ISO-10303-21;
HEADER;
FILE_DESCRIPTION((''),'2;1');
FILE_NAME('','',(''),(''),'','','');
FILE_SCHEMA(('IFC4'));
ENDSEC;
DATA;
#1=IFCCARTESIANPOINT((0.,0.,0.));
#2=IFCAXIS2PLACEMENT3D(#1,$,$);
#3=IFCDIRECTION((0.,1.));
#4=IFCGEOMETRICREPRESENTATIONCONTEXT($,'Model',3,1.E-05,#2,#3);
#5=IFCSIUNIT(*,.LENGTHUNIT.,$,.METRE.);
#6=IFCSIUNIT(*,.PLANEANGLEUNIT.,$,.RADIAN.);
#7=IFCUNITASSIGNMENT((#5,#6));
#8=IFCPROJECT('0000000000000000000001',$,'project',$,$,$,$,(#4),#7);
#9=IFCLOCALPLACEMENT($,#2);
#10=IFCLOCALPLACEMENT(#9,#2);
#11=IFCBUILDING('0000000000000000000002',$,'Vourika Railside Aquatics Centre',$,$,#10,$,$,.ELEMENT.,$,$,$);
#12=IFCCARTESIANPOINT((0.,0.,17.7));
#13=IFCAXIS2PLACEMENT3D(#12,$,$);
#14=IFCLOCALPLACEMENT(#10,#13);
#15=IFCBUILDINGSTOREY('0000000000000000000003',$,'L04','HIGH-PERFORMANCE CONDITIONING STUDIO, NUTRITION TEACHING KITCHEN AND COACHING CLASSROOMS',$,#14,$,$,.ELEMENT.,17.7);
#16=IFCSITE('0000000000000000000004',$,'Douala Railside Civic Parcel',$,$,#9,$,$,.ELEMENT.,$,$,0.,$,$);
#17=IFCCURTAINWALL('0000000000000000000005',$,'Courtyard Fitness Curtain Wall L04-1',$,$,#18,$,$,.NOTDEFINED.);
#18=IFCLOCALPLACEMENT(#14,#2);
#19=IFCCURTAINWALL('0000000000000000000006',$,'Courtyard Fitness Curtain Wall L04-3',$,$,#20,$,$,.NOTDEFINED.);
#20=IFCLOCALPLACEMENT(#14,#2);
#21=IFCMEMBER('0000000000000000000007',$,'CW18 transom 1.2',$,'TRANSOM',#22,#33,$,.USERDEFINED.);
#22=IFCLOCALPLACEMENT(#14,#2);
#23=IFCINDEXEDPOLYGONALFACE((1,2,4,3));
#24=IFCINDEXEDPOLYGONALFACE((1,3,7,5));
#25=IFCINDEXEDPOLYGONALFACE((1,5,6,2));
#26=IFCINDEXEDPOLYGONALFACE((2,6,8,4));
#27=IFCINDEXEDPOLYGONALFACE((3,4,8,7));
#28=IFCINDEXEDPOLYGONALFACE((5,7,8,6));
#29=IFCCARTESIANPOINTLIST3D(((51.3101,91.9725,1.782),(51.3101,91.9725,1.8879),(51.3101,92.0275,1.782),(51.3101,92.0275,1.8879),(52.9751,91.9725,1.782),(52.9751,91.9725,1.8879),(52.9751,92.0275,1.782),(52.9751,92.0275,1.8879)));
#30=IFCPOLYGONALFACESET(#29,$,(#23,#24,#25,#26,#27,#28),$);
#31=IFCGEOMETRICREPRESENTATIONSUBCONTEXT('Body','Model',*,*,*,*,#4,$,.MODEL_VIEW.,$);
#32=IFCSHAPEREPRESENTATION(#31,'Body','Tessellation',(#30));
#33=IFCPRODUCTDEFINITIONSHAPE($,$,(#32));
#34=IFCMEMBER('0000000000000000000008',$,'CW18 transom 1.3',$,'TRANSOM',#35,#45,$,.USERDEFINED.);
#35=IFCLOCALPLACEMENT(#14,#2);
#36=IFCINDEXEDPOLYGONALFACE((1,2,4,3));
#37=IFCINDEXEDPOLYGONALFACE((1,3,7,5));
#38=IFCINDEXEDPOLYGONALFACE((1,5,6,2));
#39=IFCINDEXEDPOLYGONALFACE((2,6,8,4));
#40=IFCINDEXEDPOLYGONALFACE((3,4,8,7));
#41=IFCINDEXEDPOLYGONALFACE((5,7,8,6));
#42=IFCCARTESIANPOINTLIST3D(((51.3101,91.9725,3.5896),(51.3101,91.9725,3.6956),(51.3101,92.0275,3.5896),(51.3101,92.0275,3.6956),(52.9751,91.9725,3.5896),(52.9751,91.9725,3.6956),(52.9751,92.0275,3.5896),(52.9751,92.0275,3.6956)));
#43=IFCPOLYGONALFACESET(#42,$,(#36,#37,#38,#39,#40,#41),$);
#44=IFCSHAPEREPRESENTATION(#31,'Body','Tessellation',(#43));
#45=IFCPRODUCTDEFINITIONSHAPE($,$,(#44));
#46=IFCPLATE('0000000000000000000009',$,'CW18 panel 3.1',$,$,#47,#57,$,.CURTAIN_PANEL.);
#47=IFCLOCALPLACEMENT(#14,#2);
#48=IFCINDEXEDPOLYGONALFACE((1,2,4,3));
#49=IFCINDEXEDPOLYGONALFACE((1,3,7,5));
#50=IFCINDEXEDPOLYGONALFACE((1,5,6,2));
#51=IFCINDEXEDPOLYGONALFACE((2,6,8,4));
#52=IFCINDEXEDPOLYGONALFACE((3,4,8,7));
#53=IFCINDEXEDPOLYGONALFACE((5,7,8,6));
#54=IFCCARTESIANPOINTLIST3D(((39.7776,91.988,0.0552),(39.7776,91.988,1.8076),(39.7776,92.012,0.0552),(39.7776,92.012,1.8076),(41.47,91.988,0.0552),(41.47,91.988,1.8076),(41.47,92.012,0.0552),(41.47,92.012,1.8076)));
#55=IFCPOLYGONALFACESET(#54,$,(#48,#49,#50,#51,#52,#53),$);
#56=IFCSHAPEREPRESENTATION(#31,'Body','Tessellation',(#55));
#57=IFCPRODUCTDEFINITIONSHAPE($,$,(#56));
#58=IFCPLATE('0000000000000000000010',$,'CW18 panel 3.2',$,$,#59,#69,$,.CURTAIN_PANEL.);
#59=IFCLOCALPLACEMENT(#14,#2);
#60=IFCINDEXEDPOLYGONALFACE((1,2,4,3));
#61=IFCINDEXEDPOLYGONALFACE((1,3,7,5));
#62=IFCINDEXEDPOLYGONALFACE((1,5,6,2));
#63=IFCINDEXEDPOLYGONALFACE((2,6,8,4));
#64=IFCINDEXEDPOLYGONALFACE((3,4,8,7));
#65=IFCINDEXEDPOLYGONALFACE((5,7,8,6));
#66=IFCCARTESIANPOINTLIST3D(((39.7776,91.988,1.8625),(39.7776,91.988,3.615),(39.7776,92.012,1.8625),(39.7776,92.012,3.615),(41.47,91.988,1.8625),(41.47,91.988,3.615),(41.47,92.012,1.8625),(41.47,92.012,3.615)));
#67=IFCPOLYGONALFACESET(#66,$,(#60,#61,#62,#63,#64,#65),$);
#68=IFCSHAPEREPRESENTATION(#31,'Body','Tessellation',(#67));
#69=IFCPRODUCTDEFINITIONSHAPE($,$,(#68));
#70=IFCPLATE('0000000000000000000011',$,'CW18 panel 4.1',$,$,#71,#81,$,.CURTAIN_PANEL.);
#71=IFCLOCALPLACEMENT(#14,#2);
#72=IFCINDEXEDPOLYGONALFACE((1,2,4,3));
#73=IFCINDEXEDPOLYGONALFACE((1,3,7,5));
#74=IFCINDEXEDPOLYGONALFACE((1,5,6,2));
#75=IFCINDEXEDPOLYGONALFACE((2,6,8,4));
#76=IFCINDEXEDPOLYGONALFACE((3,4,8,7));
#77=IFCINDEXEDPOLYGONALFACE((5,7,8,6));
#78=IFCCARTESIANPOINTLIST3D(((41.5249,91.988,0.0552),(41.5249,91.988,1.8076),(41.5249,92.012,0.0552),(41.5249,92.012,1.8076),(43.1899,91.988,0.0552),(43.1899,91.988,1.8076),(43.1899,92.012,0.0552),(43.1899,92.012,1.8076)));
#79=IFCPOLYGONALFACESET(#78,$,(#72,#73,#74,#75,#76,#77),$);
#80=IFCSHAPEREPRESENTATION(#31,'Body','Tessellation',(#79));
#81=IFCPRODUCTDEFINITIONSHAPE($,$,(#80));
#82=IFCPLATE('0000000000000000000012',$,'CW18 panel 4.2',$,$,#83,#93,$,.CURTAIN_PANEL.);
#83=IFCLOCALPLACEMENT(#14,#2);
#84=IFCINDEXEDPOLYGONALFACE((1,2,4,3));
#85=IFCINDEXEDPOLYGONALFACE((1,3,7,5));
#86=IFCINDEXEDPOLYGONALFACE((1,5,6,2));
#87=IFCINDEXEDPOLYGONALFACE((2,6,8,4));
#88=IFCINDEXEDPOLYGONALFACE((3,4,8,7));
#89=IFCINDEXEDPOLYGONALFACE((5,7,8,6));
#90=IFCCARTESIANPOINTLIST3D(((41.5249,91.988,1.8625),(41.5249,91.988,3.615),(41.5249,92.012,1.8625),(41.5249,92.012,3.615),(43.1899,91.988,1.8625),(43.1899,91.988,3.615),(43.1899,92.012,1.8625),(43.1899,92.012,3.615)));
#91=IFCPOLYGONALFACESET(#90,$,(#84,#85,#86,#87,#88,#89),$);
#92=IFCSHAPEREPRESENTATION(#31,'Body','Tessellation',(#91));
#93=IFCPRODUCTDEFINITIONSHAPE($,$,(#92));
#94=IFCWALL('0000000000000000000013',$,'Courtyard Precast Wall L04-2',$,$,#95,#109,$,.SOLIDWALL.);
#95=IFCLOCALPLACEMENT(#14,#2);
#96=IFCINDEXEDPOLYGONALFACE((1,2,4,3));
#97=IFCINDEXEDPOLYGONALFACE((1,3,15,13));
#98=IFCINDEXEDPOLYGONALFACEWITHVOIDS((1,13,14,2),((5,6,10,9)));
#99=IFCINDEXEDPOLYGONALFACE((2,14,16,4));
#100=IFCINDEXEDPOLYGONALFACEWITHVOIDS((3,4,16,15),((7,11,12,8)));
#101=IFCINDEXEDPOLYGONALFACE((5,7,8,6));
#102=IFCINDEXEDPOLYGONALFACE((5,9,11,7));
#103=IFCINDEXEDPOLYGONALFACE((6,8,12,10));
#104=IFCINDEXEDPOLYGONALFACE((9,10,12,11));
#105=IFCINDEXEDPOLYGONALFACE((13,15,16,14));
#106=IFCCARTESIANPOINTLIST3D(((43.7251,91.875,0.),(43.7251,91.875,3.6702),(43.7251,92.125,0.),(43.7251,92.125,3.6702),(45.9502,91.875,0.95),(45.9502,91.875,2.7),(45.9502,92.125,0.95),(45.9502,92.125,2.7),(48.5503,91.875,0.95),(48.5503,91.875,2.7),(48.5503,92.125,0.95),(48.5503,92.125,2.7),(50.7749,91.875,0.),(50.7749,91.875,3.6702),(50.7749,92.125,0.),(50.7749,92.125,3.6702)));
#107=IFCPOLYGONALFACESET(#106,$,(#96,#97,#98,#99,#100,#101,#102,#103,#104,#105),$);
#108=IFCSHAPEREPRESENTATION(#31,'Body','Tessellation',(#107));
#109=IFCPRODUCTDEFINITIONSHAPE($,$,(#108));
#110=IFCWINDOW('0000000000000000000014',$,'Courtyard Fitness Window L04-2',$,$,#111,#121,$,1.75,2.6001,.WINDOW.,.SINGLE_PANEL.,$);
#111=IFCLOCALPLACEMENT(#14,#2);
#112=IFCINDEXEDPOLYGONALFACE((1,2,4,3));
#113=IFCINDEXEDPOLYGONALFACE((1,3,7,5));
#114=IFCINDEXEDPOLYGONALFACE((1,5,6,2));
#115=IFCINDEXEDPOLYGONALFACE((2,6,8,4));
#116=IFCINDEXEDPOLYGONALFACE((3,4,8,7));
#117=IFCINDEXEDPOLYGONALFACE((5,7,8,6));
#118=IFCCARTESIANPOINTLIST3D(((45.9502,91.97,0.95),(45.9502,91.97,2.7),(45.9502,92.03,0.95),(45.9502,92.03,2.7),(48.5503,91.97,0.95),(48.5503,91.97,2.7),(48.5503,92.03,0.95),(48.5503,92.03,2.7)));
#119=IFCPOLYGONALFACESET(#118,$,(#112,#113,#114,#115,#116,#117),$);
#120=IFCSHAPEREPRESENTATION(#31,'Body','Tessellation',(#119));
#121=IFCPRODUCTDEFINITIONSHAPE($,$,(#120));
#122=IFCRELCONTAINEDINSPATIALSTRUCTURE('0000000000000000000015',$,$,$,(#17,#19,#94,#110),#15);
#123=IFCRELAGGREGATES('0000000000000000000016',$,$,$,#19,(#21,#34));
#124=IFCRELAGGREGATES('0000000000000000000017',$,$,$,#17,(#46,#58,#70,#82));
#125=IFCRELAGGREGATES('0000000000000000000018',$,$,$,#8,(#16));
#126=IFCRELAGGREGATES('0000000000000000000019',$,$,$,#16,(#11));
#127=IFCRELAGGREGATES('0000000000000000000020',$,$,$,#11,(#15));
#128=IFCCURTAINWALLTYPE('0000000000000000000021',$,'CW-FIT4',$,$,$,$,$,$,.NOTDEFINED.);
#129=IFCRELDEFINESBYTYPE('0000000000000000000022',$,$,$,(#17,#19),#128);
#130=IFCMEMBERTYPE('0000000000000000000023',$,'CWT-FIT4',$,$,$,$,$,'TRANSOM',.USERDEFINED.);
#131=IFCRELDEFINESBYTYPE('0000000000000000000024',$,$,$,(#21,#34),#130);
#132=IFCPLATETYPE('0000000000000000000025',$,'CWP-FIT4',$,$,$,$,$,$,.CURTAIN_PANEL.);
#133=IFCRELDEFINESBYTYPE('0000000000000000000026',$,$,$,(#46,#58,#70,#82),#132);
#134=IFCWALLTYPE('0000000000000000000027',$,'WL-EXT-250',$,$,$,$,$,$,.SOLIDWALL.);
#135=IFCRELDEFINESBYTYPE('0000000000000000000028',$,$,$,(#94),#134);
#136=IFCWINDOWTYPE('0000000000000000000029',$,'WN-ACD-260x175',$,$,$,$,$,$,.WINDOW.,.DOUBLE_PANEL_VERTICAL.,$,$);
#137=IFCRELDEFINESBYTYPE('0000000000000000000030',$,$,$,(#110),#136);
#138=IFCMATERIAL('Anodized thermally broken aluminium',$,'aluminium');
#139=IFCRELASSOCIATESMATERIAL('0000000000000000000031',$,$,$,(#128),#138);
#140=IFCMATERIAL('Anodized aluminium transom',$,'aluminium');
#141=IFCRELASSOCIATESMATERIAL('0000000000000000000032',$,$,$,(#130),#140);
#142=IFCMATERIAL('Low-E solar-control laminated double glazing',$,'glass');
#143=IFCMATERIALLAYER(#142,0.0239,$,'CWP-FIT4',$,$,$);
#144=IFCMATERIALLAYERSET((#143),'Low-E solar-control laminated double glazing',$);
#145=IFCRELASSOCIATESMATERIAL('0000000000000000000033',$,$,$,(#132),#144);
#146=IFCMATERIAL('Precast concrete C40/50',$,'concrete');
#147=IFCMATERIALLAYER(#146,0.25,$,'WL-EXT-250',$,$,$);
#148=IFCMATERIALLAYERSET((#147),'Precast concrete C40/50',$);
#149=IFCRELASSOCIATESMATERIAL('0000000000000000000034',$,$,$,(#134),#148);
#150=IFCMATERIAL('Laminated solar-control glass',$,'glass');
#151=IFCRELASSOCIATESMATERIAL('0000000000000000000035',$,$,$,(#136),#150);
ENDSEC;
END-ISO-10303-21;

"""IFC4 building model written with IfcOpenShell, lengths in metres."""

from ifc_helpers import new_model, si_unit, direction, frame, frame_2d, origin, origin_2d, place, context, subcontext, project, spatial, rectangle, extrude, material, layer, layer_set, material_profile, profile_set, type_object, element, fill, aggregate, save


model = new_model("IFC4")

# Units and contexts
model_context = context("Model", 3, precision=1e-05, world=origin(), true_north=direction((0.0, 1.0)))
body_context = subcontext(model_context, "Body", "Model", "MODEL_VIEW")
ifc_project = project(units=[si_unit("LENGTHUNIT", "METRE"), si_unit("PLANEANGLEUNIT", "RADIAN")], contexts=[model_context])

# Site, building, storey
site_placement = place(None, origin())
site = spatial("IfcSite", under=ifc_project, at=site_placement, Name="Douala Railside Civic Parcel", CompositionType="ELEMENT", RefElevation=0.0)
building_placement = place(site_placement, origin())
building = spatial("IfcBuilding", under=site, at=building_placement, Name="Vourika Railside Aquatics Centre", CompositionType="ELEMENT")
storey_placement = place(building_placement, frame((0.0, 0.0, 17.7)))
storey = spatial("IfcBuildingStorey", under=building, at=storey_placement, Name="L04", Description="HIGH-PERFORMANCE CONDITIONING STUDIO, NUTRITION TEACHING KITCHEN AND COACHING CLASSROOMS", CompositionType="ELEMENT", Elevation=17.7)

# Curtain wall
ifc_material_1 = material(Name="Anodized thermally broken aluminium", Category="aluminium")
curtain_wall_type = type_object("IfcCurtainWallType", Name="CW-FIT4", PredefinedType="NOTDEFINED", material=ifc_material_1)
curtain_wall_1_placement = place(storey_placement, origin())
curtain_wall_1 = element("IfcCurtainWall", 1, at=curtain_wall_1_placement, inside=storey, type_object=curtain_wall_type, Name="Courtyard Fitness Curtain Wall L04-1", PredefinedType="NOTDEFINED")

# Curtain wall
curtain_wall_2_placement = place(storey_placement, origin())
curtain_wall_2 = element("IfcCurtainWall", 2, at=curtain_wall_2_placement, inside=storey, type_object=curtain_wall_type, Name="Courtyard Fitness Curtain Wall L04-3", PredefinedType="NOTDEFINED")

# Members
ifc_material_2 = material(Name="Anodized aluminium transom", Category="aluminium")
ifc_material_profile_1 = material_profile(ifc_material_2, rectangle(XDim=0.0549, YDim=0.106, at=origin_2d()), Name="ALU-T 55x106")
ifc_profile_set_1 = profile_set([ifc_material_profile_1], Name="Anodized aluminium transom")
member_type_1 = type_object("IfcMemberType", Name="CWT-FIT4", ElementType="TRANSOM", PredefinedType="USERDEFINED", material=ifc_profile_set_1)
member_1_placement = place(storey_placement, frame((51.3101, 92.0, 1.835), z_axis=(1.0, 0.0, 0.0), x_axis=(0.0, 1.0, 0.0)))
member_1 = element("IfcMember", 3, at=member_1_placement, type_object=member_type_1, Name="CW18 transom 1.2", ObjectType="TRANSOM", PredefinedType="USERDEFINED", context=body_context, shape_type="SweptSolid", body=[
    extrude(rectangle(XDim=0.0549, YDim=0.106, at=origin_2d()), origin(), (0.0, 0.0, 1.0), 1.665),
])
member_2_placement = place(storey_placement, frame((51.3101, 92.0, 3.6426), z_axis=(1.0, 0.0, 0.0), x_axis=(0.0, 1.0, 0.0)))
member_2 = element("IfcMember", 4, at=member_2_placement, type_object=member_type_1, Name="CW18 transom 1.3", ObjectType="TRANSOM", PredefinedType="USERDEFINED", context=body_context, shape_type="SweptSolid", body=[
    extrude(rectangle(XDim=0.0549, YDim=0.106, at=origin_2d()), origin(), (0.0, 0.0, 1.0), 1.665),
])
aggregate(curtain_wall_2, [member_1, member_2])

# Plates
ifc_material_3 = material(Name="Low-E solar-control laminated double glazing", Category="glass")
ifc_layer_1 = layer(ifc_material_3, 0.0239, Name="CWP-FIT4")
ifc_layer_set_1 = layer_set([ifc_layer_1], Name="Low-E solar-control laminated double glazing")
plate_type = type_object("IfcPlateType", Name="CWP-FIT4", PredefinedType="CURTAIN_PANEL", material=ifc_layer_set_1)
plate_1_placement = place(storey_placement, frame((40.6238, 92.0, 0.0552), z_axis=(0.0, 0.0, 1.0), x_axis=(1.0, 0.0, 0.0)))
plate_1 = element("IfcPlate", 5, at=plate_1_placement, type_object=plate_type, Name="CW18 panel 3.1", PredefinedType="CURTAIN_PANEL", context=body_context, shape_type="SweptSolid", body=[
    extrude(rectangle(XDim=1.6924, YDim=0.0239, at=origin_2d()), origin(), (0.0, 0.0, 1.0), 1.7524),
])
plate_2_placement = place(storey_placement, frame((40.6238, 92.0, 1.8625), z_axis=(0.0, 0.0, 1.0), x_axis=(1.0, 0.0, 0.0)))
plate_2 = element("IfcPlate", 6, at=plate_2_placement, type_object=plate_type, Name="CW18 panel 3.2", PredefinedType="CURTAIN_PANEL", context=body_context, shape_type="SweptSolid", body=[
    extrude(rectangle(XDim=1.6924, YDim=0.0239, at=origin_2d()), origin(), (0.0, 0.0, 1.0), 1.7524),
])
plate_3_placement = place(storey_placement, frame((42.3574, 92.0, 0.0552), z_axis=(0.0, 0.0, 1.0), x_axis=(1.0, 0.0, 0.0)))
plate_3 = element("IfcPlate", 7, at=plate_3_placement, type_object=plate_type, Name="CW18 panel 4.1", PredefinedType="CURTAIN_PANEL", context=body_context, shape_type="SweptSolid", body=[
    extrude(rectangle(XDim=1.665, YDim=0.0239, at=origin_2d()), origin(), (0.0, 0.0, 1.0), 1.7524),
])
plate_4_placement = place(storey_placement, frame((42.3574, 92.0, 1.8625), z_axis=(0.0, 0.0, 1.0), x_axis=(1.0, 0.0, 0.0)))
plate_4 = element("IfcPlate", 8, at=plate_4_placement, type_object=plate_type, Name="CW18 panel 4.2", PredefinedType="CURTAIN_PANEL", context=body_context, shape_type="SweptSolid", body=[
    extrude(rectangle(XDim=1.665, YDim=0.0239, at=origin_2d()), origin(), (0.0, 0.0, 1.0), 1.7524),
])
aggregate(curtain_wall_1, [plate_1, plate_2, plate_3, plate_4])

# Wall, opening, window
ifc_material_4 = material(Name="Precast concrete C40/50", Category="concrete")
ifc_layer_2 = layer(ifc_material_4, 0.25, Name="WL-EXT-250")
ifc_layer_set_2 = layer_set([ifc_layer_2], Name="Precast concrete C40/50")
wall_type = type_object("IfcWallType", Name="WL-EXT-250", PredefinedType="SOLIDWALL", material=ifc_layer_set_2)
wall_placement = place(storey_placement, frame((43.7251, 92.0, 0.0), z_axis=(0.0, 0.0, 1.0), x_axis=(1.0, 0.0, 0.0)))
wall = element("IfcWall", 9, at=wall_placement, inside=storey, type_object=wall_type, Name="Courtyard Precast Wall L04-2", PredefinedType="SOLIDWALL", context=body_context, shape_type="SweptSolid", body=[
    extrude(rectangle(XDim=7.0498, YDim=0.25, at=frame_2d((3.5249, 0.0))), origin(), (0.0, 0.0, 1.0), 3.6702),
])
opening_placement = place(wall_placement, frame((2.2251, 0.0, 0.95)))
opening = element("IfcOpeningElement", 10, at=opening_placement, cuts=wall, PredefinedType="OPENING", context=body_context, shape_type="SweptSolid", body=[
    extrude(rectangle(XDim=2.6001, YDim=1.75, at=frame_2d((1.3, 0.875))), frame((0.0, 0.135, 0.0), z_axis=(0.0, -1.0, 0.0), x_axis=(1.0, 0.0, 0.0)), (0.0, 0.0, 1.0), 0.27),
])
ifc_material_5 = material(Name="Laminated solar-control glass", Category="glass")
window_type = type_object("IfcWindowType", Name="WN-ACD-260x175", PartitioningType="DOUBLE_PANEL_VERTICAL", PredefinedType="WINDOW", material=ifc_material_5)
window_placement = place(opening_placement, origin())
window = element("IfcWindow", 11, at=window_placement, inside=storey, type_object=window_type, Name="Courtyard Fitness Window L04-2", OverallHeight=1.75, OverallWidth=2.6001, PartitioningType="SINGLE_PANEL", PredefinedType="WINDOW", context=body_context, shape_type="SweptSolid", body=[
    extrude(rectangle(XDim=2.6001, YDim=1.75, at=frame_2d((1.3, 0.875))), frame((0.0, 0.03, 0.0), z_axis=(0.0, -1.0, 0.0), x_axis=(1.0, 0.0, 0.0)), (0.0, 0.0, 1.0), 0.0601),
])
fill(opening, window)

save(model, "model.ifc")
